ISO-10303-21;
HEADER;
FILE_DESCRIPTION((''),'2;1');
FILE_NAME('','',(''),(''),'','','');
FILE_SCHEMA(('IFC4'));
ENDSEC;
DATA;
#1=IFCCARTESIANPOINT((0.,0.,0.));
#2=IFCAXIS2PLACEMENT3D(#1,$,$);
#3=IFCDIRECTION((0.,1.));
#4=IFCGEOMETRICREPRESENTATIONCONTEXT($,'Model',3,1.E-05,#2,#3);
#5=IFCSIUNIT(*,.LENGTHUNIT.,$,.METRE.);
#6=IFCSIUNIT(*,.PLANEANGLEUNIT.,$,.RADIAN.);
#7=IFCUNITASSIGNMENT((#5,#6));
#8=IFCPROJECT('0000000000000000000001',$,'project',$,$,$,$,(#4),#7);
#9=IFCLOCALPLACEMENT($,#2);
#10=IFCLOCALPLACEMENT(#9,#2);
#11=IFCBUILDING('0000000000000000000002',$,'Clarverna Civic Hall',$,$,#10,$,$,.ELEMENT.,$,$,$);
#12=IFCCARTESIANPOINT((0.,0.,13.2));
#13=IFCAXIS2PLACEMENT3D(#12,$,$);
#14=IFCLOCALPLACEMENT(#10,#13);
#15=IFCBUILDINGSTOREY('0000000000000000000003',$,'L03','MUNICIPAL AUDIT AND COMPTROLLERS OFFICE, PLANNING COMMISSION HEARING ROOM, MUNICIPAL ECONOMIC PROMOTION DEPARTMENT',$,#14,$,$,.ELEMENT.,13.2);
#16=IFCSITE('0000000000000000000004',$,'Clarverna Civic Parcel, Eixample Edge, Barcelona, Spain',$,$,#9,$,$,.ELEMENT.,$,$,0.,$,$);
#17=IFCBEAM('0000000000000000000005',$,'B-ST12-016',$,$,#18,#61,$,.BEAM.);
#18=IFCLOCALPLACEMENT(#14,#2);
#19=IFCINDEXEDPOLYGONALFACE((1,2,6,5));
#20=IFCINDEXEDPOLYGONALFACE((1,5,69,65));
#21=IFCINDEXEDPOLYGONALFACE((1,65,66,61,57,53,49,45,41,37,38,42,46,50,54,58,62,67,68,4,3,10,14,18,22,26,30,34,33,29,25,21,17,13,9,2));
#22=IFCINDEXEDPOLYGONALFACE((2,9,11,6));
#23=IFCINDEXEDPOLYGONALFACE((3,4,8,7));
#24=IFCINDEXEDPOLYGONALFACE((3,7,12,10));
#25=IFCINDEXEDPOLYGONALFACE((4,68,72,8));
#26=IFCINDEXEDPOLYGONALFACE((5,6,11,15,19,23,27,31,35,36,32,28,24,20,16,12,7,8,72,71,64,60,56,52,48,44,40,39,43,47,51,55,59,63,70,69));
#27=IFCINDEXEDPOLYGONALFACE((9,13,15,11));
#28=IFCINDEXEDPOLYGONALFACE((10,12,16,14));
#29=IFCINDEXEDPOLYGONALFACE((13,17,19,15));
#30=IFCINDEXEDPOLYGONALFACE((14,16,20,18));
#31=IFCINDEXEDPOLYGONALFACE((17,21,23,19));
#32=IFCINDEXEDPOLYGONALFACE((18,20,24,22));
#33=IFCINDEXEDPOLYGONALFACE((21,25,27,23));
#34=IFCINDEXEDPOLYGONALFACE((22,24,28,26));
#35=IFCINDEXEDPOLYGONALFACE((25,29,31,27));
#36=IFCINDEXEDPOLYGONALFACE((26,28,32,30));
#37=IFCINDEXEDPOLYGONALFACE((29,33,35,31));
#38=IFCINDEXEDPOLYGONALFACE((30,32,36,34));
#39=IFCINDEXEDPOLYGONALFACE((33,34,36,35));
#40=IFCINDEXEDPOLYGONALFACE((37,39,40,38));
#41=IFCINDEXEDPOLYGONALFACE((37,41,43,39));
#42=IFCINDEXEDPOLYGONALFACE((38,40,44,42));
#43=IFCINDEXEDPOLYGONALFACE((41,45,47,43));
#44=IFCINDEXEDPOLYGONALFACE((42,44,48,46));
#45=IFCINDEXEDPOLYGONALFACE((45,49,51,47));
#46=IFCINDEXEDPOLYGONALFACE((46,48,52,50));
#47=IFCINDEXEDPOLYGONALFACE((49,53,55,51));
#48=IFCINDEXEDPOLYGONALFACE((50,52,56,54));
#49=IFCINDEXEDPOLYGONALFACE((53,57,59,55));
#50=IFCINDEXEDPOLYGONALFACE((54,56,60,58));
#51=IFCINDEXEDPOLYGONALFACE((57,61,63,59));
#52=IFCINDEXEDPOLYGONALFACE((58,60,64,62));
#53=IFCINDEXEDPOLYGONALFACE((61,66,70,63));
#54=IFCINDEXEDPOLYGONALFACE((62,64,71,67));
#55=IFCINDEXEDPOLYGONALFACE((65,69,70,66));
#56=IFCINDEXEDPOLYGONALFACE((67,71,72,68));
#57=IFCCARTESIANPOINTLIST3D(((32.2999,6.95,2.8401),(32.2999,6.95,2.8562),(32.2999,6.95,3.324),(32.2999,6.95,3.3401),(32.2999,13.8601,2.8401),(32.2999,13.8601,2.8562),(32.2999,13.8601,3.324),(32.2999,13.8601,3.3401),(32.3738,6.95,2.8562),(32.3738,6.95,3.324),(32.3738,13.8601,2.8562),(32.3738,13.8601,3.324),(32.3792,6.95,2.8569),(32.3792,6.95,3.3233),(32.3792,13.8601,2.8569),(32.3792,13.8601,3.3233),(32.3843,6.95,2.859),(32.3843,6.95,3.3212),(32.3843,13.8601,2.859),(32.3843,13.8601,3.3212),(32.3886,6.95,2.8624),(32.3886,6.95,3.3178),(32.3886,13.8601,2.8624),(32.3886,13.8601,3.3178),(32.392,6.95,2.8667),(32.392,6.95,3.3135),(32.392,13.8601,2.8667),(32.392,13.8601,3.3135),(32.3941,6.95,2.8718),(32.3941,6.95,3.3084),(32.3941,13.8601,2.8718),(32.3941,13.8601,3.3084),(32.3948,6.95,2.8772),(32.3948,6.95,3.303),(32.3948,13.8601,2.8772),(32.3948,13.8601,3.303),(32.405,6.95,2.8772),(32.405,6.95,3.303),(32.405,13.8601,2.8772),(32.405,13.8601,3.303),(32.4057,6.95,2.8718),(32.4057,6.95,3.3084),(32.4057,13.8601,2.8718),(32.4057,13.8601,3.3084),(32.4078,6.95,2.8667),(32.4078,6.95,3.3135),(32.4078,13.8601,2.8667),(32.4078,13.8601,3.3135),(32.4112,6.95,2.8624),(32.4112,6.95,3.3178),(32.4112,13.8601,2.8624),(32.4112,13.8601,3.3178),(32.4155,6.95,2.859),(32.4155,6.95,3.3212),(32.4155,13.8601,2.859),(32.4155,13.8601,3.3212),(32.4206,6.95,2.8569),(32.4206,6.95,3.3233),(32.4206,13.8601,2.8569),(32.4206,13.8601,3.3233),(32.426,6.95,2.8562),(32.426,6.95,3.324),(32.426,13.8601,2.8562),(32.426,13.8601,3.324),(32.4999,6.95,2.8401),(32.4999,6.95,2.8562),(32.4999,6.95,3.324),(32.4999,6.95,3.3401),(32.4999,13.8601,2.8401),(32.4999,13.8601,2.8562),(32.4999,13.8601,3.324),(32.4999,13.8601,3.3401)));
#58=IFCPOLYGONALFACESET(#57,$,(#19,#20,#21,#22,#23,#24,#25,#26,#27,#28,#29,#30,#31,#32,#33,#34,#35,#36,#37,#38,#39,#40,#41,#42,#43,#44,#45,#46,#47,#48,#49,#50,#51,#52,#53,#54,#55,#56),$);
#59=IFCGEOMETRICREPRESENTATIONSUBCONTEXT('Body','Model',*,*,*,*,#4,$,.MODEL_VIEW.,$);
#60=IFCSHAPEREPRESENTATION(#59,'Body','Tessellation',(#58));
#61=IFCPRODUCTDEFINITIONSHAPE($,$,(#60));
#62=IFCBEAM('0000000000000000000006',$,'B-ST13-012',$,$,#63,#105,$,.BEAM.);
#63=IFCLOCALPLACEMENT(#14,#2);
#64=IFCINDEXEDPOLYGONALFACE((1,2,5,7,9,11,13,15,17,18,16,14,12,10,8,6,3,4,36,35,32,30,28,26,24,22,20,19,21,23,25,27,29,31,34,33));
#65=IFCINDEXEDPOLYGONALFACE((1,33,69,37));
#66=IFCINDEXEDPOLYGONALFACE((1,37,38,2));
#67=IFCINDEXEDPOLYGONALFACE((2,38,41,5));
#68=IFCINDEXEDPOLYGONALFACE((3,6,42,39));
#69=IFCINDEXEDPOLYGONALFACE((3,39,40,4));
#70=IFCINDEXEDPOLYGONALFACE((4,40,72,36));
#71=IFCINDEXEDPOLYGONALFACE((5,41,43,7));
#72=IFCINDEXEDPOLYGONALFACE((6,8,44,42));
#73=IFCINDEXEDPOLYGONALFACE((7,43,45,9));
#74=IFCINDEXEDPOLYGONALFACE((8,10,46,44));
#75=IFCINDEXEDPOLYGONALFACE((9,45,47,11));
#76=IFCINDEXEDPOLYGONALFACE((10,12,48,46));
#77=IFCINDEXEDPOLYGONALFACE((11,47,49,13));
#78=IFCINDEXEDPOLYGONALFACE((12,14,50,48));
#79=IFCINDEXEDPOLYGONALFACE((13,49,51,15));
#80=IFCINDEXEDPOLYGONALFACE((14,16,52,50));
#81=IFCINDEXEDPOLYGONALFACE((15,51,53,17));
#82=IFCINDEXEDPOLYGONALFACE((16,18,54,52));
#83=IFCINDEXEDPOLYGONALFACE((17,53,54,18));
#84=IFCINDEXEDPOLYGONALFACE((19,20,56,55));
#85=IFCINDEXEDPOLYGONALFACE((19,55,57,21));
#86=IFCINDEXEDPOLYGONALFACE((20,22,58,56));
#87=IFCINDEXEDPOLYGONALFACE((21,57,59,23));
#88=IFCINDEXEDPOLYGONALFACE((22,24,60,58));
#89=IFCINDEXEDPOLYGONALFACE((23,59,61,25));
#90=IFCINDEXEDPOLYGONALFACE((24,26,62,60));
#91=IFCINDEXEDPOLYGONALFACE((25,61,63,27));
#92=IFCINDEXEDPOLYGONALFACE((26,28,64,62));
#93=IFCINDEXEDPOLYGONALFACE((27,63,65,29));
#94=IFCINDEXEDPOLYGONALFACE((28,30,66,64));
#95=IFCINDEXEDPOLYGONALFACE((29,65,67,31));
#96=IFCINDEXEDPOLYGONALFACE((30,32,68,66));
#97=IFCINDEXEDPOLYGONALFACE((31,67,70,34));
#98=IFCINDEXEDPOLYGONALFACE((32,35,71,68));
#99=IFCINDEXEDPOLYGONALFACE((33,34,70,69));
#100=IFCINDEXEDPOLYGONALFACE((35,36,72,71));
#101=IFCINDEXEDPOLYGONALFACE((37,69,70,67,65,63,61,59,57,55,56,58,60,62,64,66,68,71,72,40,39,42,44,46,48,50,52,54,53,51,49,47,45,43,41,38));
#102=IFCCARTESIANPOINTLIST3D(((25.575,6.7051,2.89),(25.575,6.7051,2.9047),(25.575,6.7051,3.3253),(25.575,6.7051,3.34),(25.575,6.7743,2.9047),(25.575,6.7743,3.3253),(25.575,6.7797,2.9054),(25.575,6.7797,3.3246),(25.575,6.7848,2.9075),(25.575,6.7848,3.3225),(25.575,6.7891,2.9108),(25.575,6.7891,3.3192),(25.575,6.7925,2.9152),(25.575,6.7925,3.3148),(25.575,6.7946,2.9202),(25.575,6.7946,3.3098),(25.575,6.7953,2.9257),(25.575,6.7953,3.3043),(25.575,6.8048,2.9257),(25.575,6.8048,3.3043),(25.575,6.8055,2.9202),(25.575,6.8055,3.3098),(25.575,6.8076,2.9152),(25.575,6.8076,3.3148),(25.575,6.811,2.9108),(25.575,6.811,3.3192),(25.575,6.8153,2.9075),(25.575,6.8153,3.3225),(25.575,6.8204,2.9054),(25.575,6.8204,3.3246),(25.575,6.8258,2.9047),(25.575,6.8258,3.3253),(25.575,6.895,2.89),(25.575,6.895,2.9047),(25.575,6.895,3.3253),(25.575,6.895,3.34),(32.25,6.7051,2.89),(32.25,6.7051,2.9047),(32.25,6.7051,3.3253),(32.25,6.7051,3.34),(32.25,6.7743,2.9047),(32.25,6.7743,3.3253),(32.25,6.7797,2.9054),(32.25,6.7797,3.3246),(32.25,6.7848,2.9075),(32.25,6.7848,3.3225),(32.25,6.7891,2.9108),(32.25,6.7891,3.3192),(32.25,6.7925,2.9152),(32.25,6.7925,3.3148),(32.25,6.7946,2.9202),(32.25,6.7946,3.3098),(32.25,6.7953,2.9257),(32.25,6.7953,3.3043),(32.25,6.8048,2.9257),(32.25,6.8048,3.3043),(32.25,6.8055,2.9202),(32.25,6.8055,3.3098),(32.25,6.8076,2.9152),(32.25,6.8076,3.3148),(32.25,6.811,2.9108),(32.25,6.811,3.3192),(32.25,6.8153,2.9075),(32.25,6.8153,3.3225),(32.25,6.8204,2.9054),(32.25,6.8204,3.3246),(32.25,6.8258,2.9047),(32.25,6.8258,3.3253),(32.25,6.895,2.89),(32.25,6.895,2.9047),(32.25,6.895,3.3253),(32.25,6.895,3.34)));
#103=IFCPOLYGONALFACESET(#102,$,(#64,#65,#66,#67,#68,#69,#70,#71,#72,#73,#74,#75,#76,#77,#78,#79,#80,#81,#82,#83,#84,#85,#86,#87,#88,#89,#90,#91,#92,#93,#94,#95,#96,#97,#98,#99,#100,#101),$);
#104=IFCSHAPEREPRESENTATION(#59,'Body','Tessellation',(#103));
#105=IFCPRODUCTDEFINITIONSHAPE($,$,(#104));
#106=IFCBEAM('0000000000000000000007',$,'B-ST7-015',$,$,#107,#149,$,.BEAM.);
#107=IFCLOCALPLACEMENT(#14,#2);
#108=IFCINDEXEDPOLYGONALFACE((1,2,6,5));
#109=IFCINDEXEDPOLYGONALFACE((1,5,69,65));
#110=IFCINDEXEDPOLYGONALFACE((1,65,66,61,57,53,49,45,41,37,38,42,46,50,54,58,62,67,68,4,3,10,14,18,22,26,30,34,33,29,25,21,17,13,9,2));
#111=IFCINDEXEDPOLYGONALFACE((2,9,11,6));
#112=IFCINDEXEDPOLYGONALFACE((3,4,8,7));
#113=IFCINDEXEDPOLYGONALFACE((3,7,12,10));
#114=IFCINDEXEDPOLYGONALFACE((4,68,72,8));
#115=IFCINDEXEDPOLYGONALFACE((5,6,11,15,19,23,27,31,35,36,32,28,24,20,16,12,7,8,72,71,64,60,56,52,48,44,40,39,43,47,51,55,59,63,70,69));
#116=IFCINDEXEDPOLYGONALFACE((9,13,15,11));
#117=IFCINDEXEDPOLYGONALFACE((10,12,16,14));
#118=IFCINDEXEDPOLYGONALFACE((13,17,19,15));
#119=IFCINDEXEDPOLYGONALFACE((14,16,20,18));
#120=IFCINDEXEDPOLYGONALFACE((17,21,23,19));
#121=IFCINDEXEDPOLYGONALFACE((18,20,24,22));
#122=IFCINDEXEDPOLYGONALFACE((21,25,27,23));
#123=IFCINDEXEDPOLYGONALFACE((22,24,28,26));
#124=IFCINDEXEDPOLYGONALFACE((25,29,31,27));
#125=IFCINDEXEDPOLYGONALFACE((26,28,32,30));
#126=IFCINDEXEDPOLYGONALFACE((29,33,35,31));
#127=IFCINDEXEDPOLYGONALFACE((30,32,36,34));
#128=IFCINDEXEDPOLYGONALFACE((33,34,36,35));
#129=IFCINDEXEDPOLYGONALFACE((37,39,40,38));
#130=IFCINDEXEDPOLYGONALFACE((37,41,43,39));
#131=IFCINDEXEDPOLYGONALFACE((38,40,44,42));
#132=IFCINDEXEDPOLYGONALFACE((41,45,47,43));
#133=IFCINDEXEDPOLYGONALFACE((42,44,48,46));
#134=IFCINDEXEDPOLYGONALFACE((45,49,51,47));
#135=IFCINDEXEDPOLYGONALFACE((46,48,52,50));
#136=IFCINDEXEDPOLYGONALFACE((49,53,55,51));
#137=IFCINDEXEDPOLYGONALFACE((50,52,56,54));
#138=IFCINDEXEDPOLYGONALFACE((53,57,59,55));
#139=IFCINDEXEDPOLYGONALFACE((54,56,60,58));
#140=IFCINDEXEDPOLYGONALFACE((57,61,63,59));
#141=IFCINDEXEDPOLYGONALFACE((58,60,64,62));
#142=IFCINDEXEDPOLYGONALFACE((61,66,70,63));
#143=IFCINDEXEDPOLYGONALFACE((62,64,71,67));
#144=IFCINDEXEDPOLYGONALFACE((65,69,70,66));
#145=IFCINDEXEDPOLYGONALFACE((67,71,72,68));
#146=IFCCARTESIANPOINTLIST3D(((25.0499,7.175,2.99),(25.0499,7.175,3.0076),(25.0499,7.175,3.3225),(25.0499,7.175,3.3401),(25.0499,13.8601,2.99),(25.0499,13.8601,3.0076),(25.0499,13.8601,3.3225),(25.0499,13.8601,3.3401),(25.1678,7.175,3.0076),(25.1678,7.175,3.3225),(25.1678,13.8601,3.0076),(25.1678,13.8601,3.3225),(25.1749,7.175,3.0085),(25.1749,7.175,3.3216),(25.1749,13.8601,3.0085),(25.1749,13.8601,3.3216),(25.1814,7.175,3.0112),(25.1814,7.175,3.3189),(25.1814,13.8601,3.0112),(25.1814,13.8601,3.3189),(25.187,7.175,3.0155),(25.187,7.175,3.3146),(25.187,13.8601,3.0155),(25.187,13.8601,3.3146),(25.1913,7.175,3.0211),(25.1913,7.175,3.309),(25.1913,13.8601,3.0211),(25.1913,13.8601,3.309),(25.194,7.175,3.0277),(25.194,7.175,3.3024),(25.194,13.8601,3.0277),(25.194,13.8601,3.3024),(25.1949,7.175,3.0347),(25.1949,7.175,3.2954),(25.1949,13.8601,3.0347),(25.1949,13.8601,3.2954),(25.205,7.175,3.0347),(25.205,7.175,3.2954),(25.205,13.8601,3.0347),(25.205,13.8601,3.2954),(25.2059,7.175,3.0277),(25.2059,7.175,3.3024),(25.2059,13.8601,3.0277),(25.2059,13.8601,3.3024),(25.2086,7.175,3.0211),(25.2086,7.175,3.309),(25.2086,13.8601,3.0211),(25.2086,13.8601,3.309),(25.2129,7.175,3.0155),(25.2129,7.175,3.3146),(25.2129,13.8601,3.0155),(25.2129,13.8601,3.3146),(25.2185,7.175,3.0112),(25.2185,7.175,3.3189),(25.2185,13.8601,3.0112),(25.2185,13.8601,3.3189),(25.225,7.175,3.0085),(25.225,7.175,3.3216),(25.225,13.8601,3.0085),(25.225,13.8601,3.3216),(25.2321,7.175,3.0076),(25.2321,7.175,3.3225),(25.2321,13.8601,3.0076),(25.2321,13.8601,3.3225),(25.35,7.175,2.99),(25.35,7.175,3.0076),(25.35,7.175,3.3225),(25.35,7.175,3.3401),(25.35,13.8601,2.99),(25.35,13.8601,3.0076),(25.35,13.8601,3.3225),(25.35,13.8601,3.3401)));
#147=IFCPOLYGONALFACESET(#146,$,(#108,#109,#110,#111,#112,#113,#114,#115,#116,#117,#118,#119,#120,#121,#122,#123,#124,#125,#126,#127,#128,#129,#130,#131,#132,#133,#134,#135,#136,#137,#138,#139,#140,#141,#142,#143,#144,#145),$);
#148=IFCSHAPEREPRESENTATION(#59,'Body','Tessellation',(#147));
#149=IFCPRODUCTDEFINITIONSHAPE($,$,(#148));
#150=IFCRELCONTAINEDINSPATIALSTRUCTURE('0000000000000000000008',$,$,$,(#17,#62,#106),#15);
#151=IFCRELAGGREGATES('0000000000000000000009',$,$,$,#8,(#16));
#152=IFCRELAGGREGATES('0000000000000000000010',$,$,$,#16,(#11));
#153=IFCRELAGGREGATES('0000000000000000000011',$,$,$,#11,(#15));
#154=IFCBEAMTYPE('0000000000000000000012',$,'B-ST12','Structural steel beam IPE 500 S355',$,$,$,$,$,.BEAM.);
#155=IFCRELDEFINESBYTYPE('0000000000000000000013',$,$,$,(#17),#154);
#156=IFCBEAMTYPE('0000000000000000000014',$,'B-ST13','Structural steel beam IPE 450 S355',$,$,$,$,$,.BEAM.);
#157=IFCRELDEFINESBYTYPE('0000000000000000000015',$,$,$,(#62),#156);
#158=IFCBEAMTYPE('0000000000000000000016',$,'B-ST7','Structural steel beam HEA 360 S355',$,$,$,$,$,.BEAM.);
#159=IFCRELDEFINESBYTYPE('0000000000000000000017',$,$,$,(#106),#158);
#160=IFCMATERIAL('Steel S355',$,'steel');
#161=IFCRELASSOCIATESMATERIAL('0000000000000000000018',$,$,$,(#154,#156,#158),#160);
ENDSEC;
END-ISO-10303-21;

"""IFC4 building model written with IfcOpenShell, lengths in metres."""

from ifc_helpers import new_model, si_unit, direction, frame, origin, origin_2d, place, context, subcontext, project, spatial, i_section, extrude, material, material_profile, profile_set, type_object, element, save


model = new_model("IFC4")

# Units and contexts
model_context = context("Model", 3, precision=1e-05, world=origin(), true_north=direction((0.0, 1.0)))
body_context = subcontext(model_context, "Body", "Model", "MODEL_VIEW")
ifc_project = project(units=[si_unit("LENGTHUNIT", "METRE"), si_unit("PLANEANGLEUNIT", "RADIAN")], contexts=[model_context])

# Site, building, storey
site_placement = place(None, origin())
site = spatial("IfcSite", under=ifc_project, at=site_placement, Name="Clarverna Civic Parcel, Eixample Edge, Barcelona, Spain", CompositionType="ELEMENT", RefElevation=0.0)
building_placement = place(site_placement, origin())
building = spatial("IfcBuilding", under=site, at=building_placement, Name="Clarverna Civic Hall", CompositionType="ELEMENT")
storey_placement = place(building_placement, frame((0.0, 0.0, 13.2)))
storey = spatial("IfcBuildingStorey", under=building, at=storey_placement, Name="L03", Description="MUNICIPAL AUDIT AND COMPTROLLERS OFFICE, PLANNING COMMISSION HEARING ROOM, MUNICIPAL ECONOMIC PROMOTION DEPARTMENT", CompositionType="ELEMENT", Elevation=13.2)

# Shared definitions
ifc_material_1 = material(Name="Steel S355", Category="steel")

# Beams
ifc_material_profile_1 = material_profile(ifc_material_1, i_section(OverallWidth=0.2, OverallDepth=0.5, WebThickness=0.0103, FlangeThickness=0.0161, FilletRadius=0.021, at=origin_2d()), Name="IPE 500")
ifc_profile_set_1 = profile_set([ifc_material_profile_1], Name="Steel S355")
beam_type_1 = type_object("IfcBeamType", Name="B-ST12", Description="Structural steel beam IPE 500 S355", PredefinedType="BEAM", material=ifc_profile_set_1)
beam_1_placement = place(storey_placement, frame((32.3999, 6.95, 3.0901), z_axis=(0.0, 1.0, 0.0), x_axis=(-1.0, 0.0, 0.0)))
element("IfcBeam", 1, at=beam_1_placement, inside=storey, type_object=beam_type_1, Name="B-ST12-016", PredefinedType="BEAM", context=body_context, shape_type="SweptSolid", body=[
    extrude(i_section(OverallWidth=0.2, OverallDepth=0.5, WebThickness=0.0103, FlangeThickness=0.0161, FilletRadius=0.021, at=origin_2d()), origin(), (0.0, 0.0, 1.0), 6.9102),
])
ifc_material_profile_2 = material_profile(ifc_material_1, i_section(OverallWidth=0.1899, OverallDepth=0.45, WebThickness=0.0095, FlangeThickness=0.0146, FilletRadius=0.021, at=origin_2d()), Name="IPE 450")
ifc_profile_set_2 = profile_set([ifc_material_profile_2], Name="Steel S355")
beam_type_2 = type_object("IfcBeamType", Name="B-ST13", Description="Structural steel beam IPE 450 S355", PredefinedType="BEAM", material=ifc_profile_set_2)
beam_2_placement = place(storey_placement, frame((25.575, 6.8, 3.115), z_axis=(1.0, 0.0, 0.0), x_axis=(0.0, 1.0, 0.0)))
element("IfcBeam", 2, at=beam_2_placement, inside=storey, type_object=beam_type_2, Name="B-ST13-012", PredefinedType="BEAM", context=body_context, shape_type="SweptSolid", body=[
    extrude(i_section(OverallWidth=0.1899, OverallDepth=0.45, WebThickness=0.0095, FlangeThickness=0.0146, FilletRadius=0.021, at=origin_2d()), origin(), (0.0, 0.0, 1.0), 6.675),
])
ifc_material_profile_3 = material_profile(ifc_material_1, i_section(OverallWidth=0.3, OverallDepth=0.3501, WebThickness=0.01, FlangeThickness=0.0176, FilletRadius=0.0271, at=origin_2d()), Name="HEA 360")
ifc_profile_set_3 = profile_set([ifc_material_profile_3], Name="Steel S355")
beam_type_3 = type_object("IfcBeamType", Name="B-ST7", Description="Structural steel beam HEA 360 S355", PredefinedType="BEAM", material=ifc_profile_set_3)
beam_3_placement = place(storey_placement, frame((25.2, 7.175, 3.165), z_axis=(0.0, 1.0, 0.0), x_axis=(-1.0, 0.0, 0.0)))
element("IfcBeam", 3, at=beam_3_placement, inside=storey, type_object=beam_type_3, Name="B-ST7-015", PredefinedType="BEAM", context=body_context, shape_type="SweptSolid", body=[
    extrude(i_section(OverallWidth=0.3, OverallDepth=0.3501, WebThickness=0.01, FlangeThickness=0.0176, FilletRadius=0.0271, at=origin_2d()), origin(), (0.0, 0.0, 1.0), 6.6851),
])

save(model, "model.ifc")
